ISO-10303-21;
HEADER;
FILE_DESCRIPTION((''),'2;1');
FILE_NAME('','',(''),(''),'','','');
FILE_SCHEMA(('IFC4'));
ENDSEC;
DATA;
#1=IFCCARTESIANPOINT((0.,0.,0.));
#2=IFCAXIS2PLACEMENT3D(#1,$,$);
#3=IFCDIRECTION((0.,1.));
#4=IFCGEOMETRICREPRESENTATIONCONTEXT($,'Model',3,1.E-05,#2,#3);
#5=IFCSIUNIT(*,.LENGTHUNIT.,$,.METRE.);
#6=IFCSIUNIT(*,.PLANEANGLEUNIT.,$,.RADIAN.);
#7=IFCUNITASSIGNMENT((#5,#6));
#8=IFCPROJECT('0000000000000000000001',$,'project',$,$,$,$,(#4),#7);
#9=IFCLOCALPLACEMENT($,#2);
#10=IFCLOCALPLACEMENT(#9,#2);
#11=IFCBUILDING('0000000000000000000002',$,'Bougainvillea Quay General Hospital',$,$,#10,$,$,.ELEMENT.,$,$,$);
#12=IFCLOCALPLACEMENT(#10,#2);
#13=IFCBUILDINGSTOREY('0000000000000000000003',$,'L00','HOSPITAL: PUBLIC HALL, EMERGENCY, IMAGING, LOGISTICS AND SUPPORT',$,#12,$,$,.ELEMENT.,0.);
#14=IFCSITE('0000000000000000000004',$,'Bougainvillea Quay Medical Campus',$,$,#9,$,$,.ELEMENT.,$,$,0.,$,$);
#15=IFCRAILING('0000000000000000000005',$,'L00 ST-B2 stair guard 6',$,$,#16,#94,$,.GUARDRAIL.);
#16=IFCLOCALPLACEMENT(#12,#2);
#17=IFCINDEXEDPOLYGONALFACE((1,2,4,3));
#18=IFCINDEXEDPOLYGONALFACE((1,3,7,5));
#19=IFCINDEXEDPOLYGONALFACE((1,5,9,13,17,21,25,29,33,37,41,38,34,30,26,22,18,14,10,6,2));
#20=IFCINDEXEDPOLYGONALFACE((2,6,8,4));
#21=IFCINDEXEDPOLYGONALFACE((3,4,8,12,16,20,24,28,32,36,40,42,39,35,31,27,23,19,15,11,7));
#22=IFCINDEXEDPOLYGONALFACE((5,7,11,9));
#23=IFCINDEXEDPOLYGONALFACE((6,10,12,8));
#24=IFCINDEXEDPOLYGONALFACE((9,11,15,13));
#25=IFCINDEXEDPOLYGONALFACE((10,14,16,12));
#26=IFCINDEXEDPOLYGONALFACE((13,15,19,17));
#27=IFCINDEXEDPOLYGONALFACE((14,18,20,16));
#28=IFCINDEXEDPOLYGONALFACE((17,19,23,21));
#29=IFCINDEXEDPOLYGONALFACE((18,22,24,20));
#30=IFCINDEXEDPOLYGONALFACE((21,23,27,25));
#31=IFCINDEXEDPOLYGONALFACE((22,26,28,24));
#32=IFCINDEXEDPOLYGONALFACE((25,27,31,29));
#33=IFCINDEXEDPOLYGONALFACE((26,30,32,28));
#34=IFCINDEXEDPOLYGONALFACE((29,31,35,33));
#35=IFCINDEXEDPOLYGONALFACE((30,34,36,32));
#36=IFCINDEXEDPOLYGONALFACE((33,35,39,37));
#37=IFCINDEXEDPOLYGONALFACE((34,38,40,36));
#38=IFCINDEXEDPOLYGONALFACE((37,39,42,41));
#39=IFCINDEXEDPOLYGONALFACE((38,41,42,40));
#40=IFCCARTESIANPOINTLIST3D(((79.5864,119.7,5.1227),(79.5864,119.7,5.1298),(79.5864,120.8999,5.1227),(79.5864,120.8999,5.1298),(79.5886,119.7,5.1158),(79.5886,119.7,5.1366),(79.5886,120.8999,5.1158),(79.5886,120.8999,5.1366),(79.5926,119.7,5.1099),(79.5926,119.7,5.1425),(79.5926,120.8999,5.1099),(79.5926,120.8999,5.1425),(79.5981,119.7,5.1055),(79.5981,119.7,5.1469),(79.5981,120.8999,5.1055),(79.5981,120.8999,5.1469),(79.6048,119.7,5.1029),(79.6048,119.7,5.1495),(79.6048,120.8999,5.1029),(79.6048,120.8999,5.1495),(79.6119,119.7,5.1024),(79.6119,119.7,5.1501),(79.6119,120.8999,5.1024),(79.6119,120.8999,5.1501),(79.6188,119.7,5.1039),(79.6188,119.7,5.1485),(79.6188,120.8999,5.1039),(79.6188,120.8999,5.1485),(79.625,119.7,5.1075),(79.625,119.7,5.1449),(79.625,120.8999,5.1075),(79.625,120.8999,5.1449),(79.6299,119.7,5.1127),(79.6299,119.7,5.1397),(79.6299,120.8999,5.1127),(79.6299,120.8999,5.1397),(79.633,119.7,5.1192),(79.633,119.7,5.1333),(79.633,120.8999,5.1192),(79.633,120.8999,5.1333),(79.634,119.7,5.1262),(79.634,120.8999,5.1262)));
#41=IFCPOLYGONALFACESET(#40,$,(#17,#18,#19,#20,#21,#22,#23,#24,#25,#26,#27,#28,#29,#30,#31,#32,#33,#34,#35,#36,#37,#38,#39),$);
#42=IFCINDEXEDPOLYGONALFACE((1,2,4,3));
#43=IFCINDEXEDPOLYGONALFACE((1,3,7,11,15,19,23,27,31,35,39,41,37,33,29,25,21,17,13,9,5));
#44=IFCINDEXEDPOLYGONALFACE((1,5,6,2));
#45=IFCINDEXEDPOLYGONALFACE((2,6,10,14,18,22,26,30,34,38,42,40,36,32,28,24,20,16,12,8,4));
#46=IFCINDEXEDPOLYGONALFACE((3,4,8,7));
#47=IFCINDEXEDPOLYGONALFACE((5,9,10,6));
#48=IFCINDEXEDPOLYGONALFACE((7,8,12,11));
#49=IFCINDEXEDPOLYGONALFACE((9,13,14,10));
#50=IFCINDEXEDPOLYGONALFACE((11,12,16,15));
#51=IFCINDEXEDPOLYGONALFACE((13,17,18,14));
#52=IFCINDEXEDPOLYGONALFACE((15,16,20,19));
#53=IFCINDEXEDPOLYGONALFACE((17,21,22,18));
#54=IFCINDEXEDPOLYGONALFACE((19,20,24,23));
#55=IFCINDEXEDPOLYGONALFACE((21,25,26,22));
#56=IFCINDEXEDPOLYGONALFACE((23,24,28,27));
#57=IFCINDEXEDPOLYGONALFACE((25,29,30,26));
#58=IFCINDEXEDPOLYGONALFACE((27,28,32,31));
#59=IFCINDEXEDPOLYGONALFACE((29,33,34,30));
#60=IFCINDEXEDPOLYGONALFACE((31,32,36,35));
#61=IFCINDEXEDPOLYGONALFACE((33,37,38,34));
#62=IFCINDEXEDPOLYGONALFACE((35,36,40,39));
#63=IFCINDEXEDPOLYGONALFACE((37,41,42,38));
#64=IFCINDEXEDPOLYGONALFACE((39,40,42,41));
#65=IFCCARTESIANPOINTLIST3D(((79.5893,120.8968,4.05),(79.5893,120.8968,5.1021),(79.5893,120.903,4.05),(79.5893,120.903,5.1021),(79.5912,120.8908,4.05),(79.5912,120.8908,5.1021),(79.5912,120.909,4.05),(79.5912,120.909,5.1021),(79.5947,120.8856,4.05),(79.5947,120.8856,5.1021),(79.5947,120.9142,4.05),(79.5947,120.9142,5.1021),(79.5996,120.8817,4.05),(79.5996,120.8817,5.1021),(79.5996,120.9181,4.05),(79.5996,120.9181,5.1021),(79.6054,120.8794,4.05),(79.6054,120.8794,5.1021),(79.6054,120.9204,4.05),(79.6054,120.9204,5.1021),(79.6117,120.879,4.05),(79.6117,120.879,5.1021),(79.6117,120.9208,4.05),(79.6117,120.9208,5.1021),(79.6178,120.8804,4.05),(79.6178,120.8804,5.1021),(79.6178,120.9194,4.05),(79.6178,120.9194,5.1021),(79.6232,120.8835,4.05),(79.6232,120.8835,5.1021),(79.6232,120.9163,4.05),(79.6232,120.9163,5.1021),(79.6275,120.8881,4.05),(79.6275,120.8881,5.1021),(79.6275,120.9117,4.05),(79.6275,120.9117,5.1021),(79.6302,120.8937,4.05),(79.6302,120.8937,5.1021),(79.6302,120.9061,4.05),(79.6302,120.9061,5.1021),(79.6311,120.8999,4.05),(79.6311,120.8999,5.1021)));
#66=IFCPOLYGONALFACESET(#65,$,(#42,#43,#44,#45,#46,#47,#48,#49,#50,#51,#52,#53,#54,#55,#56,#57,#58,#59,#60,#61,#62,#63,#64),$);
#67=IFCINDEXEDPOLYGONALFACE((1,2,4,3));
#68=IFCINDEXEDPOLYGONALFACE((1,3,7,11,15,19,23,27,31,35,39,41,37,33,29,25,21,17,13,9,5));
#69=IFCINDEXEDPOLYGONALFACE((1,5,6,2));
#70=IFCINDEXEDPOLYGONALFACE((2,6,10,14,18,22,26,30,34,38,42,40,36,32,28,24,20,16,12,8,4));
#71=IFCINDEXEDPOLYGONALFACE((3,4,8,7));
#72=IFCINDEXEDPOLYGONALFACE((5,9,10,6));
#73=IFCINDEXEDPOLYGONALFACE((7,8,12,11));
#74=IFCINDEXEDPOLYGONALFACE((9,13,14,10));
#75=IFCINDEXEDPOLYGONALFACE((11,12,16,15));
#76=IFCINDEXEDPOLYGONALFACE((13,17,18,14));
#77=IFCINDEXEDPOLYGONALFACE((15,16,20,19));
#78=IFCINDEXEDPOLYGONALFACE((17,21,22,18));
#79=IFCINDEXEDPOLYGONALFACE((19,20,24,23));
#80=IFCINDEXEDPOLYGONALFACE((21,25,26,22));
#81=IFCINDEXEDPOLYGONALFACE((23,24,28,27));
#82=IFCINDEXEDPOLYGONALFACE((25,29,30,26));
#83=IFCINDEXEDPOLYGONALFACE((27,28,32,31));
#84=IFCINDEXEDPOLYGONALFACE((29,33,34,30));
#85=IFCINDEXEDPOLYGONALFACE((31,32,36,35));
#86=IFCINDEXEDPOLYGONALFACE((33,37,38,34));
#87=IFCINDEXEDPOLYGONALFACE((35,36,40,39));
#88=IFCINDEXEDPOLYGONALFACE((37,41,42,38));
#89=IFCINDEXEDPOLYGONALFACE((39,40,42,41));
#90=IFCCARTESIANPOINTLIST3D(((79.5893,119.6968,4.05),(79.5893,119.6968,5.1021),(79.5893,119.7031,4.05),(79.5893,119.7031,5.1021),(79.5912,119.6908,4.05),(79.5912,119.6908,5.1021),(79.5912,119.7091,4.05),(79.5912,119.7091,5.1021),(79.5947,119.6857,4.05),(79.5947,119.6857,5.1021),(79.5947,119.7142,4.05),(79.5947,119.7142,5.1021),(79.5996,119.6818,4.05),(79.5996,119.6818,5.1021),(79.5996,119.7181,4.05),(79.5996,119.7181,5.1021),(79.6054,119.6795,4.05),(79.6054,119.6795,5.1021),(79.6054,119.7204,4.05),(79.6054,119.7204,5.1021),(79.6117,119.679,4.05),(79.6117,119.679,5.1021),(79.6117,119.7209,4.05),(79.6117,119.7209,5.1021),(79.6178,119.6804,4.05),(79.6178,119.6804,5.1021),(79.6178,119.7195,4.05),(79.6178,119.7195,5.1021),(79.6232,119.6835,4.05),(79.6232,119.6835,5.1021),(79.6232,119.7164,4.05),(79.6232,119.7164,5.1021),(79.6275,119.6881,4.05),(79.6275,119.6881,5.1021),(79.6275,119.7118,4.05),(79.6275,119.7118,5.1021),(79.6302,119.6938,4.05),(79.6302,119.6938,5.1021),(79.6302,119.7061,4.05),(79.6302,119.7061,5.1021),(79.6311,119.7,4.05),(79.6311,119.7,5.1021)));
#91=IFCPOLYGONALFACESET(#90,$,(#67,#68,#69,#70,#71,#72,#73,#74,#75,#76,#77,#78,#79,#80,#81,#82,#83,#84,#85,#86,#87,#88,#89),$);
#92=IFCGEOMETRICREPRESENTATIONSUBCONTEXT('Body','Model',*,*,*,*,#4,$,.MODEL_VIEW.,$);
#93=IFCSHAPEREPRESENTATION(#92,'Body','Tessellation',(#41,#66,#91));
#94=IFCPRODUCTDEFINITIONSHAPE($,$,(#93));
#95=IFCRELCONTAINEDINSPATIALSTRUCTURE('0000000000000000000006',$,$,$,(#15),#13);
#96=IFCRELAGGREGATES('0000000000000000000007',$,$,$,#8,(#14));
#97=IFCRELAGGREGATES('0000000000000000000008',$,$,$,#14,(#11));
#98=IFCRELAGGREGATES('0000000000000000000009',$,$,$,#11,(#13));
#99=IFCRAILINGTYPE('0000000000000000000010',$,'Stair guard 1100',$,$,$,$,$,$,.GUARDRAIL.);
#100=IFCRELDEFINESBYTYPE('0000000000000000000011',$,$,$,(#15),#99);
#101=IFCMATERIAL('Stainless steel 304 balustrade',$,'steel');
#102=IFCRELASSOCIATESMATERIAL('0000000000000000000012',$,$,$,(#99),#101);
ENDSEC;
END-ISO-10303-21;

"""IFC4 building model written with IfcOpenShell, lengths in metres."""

from ifc_helpers import new_model, si_unit, direction, frame, origin, origin_2d, place, context, subcontext, project, spatial, circle, extrude, material, type_object, element, save


model = new_model("IFC4")

# Units and contexts
model_context = context("Model", 3, precision=1e-05, world=origin(), true_north=direction((0.0, 1.0)))
body_context = subcontext(model_context, "Body", "Model", "MODEL_VIEW")
ifc_project = project(units=[si_unit("LENGTHUNIT", "METRE"), si_unit("PLANEANGLEUNIT", "RADIAN")], contexts=[model_context])

# Site, building, storey
site_placement = place(None, origin())
site = spatial("IfcSite", under=ifc_project, at=site_placement, Name="Bougainvillea Quay Medical Campus", CompositionType="ELEMENT", RefElevation=0.0)
building_placement = place(site_placement, origin())
building = spatial("IfcBuilding", under=site, at=building_placement, Name="Bougainvillea Quay General Hospital", CompositionType="ELEMENT")
storey_placement = place(building_placement, origin())
storey = spatial("IfcBuildingStorey", under=building, at=storey_placement, Name="L00", Description="HOSPITAL: PUBLIC HALL, EMERGENCY, IMAGING, LOGISTICS AND SUPPORT", CompositionType="ELEMENT", Elevation=0.0)

# Railing
ifc_material_1 = material(Name="Stainless steel 304 balustrade", Category="steel")
railing_type_1 = type_object("IfcRailingType", Name="Stair guard 1100", PredefinedType="GUARDRAIL", material=ifc_material_1)
railing_1_placement = place(storey_placement, frame((79.6101, 120.8999, 4.05)))
element("IfcRailing", 1, at=railing_1_placement, inside=storey, type_object=railing_type_1, Name="L00 ST-B2 stair guard 6", PredefinedType="GUARDRAIL", context=body_context, shape_type="SweptSolid", body=[
    extrude(circle(Radius=0.0239, at=origin_2d()), frame((0.0, 0.0, 1.0762), z_axis=(0.0, -1.0, 0.0), x_axis=(1.0, 0.0, 0.0)), (0.0, 0.0, 1.0), 1.2),
    extrude(circle(Radius=0.021, at=origin_2d()), origin(), (0.0, 0.0, 1.0), 1.052),
    extrude(circle(Radius=0.021, at=origin_2d()), frame((0.0, -1.2, 0.0)), (0.0, 0.0, 1.0), 1.052),
])

save(model, "model.ifc")
